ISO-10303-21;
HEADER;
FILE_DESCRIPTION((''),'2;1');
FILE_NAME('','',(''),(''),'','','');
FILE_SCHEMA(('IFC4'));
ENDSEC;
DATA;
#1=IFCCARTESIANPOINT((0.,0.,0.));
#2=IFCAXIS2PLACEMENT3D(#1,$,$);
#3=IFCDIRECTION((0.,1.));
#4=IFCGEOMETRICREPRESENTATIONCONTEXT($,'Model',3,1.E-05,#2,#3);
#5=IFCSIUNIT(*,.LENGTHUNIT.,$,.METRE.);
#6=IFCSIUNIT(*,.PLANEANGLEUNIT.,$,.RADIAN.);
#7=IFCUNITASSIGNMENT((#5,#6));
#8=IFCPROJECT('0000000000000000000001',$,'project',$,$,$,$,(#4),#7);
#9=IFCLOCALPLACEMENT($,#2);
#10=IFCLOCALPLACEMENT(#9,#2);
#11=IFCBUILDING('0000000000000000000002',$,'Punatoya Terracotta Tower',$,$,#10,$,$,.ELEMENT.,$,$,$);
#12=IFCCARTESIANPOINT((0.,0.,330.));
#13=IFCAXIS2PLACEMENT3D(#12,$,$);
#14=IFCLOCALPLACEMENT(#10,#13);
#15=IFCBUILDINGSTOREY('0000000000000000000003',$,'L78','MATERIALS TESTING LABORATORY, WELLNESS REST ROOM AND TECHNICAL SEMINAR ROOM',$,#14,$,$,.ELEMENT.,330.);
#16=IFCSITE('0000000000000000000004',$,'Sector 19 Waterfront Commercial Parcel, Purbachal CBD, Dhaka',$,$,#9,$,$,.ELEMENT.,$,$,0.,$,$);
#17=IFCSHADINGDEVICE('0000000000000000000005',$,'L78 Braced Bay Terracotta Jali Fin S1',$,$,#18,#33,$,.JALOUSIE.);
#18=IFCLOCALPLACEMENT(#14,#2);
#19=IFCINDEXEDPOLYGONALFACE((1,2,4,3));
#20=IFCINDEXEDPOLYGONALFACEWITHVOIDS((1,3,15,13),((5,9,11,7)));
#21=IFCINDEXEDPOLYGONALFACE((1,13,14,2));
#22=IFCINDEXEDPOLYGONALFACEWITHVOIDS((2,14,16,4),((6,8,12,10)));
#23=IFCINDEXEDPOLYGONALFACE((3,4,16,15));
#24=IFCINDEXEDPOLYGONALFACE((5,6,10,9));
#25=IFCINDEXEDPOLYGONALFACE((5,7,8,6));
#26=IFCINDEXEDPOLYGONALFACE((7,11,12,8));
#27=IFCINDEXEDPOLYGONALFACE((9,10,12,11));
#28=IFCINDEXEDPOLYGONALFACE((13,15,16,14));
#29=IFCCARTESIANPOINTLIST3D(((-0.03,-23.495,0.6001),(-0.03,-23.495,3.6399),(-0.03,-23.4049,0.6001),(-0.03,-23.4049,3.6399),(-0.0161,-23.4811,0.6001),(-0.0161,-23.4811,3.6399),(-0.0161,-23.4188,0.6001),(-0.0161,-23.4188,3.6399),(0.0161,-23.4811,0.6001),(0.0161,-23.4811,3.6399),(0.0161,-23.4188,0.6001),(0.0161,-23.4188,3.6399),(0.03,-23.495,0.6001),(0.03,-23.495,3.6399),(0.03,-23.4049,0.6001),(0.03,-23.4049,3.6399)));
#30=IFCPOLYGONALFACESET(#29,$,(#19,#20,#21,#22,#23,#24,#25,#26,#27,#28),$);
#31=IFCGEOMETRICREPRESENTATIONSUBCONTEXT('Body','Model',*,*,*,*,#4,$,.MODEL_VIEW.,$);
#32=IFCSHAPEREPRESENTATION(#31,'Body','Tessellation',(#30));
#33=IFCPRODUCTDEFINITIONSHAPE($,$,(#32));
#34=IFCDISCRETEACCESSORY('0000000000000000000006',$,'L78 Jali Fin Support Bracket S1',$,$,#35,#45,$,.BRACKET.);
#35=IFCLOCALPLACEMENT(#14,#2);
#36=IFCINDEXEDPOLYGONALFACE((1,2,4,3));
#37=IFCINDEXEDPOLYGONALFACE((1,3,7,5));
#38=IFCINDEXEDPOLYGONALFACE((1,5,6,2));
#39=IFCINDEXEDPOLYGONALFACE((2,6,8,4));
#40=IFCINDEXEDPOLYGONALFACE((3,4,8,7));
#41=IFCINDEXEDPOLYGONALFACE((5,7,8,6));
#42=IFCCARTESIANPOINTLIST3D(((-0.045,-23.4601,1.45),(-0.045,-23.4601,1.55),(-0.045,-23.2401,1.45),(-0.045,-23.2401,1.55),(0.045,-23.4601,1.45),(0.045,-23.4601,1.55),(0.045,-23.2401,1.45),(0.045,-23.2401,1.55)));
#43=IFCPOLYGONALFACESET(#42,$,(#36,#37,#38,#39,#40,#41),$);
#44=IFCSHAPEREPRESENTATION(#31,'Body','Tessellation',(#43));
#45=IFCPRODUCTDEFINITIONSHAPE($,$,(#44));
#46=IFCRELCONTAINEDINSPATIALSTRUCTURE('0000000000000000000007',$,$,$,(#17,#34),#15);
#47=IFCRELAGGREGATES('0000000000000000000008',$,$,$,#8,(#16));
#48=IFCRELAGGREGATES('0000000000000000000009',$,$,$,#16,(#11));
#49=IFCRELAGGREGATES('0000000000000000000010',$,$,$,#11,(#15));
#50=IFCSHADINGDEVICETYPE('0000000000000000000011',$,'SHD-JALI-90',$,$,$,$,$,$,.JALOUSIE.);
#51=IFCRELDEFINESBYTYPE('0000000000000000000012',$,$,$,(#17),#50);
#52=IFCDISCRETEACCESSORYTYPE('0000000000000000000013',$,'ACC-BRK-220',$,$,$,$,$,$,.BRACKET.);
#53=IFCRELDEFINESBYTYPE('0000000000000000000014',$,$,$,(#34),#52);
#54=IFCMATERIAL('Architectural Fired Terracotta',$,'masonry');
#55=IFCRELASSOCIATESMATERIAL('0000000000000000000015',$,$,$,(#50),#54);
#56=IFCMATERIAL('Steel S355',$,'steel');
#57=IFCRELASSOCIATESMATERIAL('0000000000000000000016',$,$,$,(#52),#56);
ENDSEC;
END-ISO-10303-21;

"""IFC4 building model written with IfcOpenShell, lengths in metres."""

from ifc_helpers import new_model, si_unit, direction, frame, origin, origin_2d, place, context, subcontext, project, spatial, rectangle, hollow_rectangle, extrude, material, material_profile, profile_set, type_object, element, save


model = new_model("IFC4")

# Units and contexts
model_context = context("Model", 3, precision=1e-05, world=origin(), true_north=direction((0.0, 1.0)))
body_context = subcontext(model_context, "Body", "Model", "MODEL_VIEW")
ifc_project = project(units=[si_unit("LENGTHUNIT", "METRE"), si_unit("PLANEANGLEUNIT", "RADIAN")], contexts=[model_context])

# Site, building, storey
site_placement = place(None, origin())
site = spatial("IfcSite", under=ifc_project, at=site_placement, Name="Sector 19 Waterfront Commercial Parcel, Purbachal CBD, Dhaka", CompositionType="ELEMENT", RefElevation=0.0)
building_placement = place(site_placement, origin())
building = spatial("IfcBuilding", under=site, at=building_placement, Name="Punatoya Terracotta Tower", CompositionType="ELEMENT")
storey_placement = place(building_placement, frame((0.0, 0.0, 330.0)))
storey = spatial("IfcBuildingStorey", under=building, at=storey_placement, Name="L78", Description="MATERIALS TESTING LABORATORY, WELLNESS REST ROOM AND TECHNICAL SEMINAR ROOM", CompositionType="ELEMENT", Elevation=330.0)

# Shared definitions
ifc_material_1 = material(Name="Steel S355", Category="steel")

# Shading device
ifc_material_2 = material(Name="Architectural Fired Terracotta", Category="masonry")
ifc_material_profile_1 = material_profile(ifc_material_2, hollow_rectangle(XDim=0.0601, YDim=0.0901, WallThickness=0.0139, at=origin_2d()))
ifc_profile_set_1 = profile_set([ifc_material_profile_1], Name="Architectural Fired Terracotta")
shading_device_type = type_object("IfcShadingDeviceType", Name="SHD-JALI-90", PredefinedType="JALOUSIE", material=ifc_profile_set_1)
shading_device_placement = place(storey_placement, frame((0.0, -23.45, 0.6001), z_axis=(0.0, 0.0, 1.0), x_axis=(1.0, 0.0, 0.0)))
element("IfcShadingDevice", 1, at=shading_device_placement, inside=storey, type_object=shading_device_type, Name="L78 Braced Bay Terracotta Jali Fin S1", PredefinedType="JALOUSIE", context=body_context, shape_type="SweptSolid", body=[
    extrude(hollow_rectangle(XDim=0.0601, YDim=0.0901, WallThickness=0.0139, at=origin_2d()), origin(), (0.0, 0.0, 1.0), 3.0398),
])

# Discrete accessory
discrete_accessory_type = type_object("IfcDiscreteAccessoryType", Name="ACC-BRK-220", PredefinedType="BRACKET", material=ifc_material_1)
discrete_accessory_placement = place(storey_placement, frame((0.0, -23.3501, 1.45), z_axis=(0.0, 0.0, 1.0), x_axis=(1.0, 0.0, 0.0)))
element("IfcDiscreteAccessory", 2, at=discrete_accessory_placement, inside=storey, type_object=discrete_accessory_type, Name="L78 Jali Fin Support Bracket S1", PredefinedType="BRACKET", context=body_context, shape_type="SweptSolid", body=[
    extrude(rectangle(XDim=0.0901, YDim=0.22, at=origin_2d()), origin(), (0.0, 0.0, 1.0), 0.1001),
])

save(model, "model.ifc")
